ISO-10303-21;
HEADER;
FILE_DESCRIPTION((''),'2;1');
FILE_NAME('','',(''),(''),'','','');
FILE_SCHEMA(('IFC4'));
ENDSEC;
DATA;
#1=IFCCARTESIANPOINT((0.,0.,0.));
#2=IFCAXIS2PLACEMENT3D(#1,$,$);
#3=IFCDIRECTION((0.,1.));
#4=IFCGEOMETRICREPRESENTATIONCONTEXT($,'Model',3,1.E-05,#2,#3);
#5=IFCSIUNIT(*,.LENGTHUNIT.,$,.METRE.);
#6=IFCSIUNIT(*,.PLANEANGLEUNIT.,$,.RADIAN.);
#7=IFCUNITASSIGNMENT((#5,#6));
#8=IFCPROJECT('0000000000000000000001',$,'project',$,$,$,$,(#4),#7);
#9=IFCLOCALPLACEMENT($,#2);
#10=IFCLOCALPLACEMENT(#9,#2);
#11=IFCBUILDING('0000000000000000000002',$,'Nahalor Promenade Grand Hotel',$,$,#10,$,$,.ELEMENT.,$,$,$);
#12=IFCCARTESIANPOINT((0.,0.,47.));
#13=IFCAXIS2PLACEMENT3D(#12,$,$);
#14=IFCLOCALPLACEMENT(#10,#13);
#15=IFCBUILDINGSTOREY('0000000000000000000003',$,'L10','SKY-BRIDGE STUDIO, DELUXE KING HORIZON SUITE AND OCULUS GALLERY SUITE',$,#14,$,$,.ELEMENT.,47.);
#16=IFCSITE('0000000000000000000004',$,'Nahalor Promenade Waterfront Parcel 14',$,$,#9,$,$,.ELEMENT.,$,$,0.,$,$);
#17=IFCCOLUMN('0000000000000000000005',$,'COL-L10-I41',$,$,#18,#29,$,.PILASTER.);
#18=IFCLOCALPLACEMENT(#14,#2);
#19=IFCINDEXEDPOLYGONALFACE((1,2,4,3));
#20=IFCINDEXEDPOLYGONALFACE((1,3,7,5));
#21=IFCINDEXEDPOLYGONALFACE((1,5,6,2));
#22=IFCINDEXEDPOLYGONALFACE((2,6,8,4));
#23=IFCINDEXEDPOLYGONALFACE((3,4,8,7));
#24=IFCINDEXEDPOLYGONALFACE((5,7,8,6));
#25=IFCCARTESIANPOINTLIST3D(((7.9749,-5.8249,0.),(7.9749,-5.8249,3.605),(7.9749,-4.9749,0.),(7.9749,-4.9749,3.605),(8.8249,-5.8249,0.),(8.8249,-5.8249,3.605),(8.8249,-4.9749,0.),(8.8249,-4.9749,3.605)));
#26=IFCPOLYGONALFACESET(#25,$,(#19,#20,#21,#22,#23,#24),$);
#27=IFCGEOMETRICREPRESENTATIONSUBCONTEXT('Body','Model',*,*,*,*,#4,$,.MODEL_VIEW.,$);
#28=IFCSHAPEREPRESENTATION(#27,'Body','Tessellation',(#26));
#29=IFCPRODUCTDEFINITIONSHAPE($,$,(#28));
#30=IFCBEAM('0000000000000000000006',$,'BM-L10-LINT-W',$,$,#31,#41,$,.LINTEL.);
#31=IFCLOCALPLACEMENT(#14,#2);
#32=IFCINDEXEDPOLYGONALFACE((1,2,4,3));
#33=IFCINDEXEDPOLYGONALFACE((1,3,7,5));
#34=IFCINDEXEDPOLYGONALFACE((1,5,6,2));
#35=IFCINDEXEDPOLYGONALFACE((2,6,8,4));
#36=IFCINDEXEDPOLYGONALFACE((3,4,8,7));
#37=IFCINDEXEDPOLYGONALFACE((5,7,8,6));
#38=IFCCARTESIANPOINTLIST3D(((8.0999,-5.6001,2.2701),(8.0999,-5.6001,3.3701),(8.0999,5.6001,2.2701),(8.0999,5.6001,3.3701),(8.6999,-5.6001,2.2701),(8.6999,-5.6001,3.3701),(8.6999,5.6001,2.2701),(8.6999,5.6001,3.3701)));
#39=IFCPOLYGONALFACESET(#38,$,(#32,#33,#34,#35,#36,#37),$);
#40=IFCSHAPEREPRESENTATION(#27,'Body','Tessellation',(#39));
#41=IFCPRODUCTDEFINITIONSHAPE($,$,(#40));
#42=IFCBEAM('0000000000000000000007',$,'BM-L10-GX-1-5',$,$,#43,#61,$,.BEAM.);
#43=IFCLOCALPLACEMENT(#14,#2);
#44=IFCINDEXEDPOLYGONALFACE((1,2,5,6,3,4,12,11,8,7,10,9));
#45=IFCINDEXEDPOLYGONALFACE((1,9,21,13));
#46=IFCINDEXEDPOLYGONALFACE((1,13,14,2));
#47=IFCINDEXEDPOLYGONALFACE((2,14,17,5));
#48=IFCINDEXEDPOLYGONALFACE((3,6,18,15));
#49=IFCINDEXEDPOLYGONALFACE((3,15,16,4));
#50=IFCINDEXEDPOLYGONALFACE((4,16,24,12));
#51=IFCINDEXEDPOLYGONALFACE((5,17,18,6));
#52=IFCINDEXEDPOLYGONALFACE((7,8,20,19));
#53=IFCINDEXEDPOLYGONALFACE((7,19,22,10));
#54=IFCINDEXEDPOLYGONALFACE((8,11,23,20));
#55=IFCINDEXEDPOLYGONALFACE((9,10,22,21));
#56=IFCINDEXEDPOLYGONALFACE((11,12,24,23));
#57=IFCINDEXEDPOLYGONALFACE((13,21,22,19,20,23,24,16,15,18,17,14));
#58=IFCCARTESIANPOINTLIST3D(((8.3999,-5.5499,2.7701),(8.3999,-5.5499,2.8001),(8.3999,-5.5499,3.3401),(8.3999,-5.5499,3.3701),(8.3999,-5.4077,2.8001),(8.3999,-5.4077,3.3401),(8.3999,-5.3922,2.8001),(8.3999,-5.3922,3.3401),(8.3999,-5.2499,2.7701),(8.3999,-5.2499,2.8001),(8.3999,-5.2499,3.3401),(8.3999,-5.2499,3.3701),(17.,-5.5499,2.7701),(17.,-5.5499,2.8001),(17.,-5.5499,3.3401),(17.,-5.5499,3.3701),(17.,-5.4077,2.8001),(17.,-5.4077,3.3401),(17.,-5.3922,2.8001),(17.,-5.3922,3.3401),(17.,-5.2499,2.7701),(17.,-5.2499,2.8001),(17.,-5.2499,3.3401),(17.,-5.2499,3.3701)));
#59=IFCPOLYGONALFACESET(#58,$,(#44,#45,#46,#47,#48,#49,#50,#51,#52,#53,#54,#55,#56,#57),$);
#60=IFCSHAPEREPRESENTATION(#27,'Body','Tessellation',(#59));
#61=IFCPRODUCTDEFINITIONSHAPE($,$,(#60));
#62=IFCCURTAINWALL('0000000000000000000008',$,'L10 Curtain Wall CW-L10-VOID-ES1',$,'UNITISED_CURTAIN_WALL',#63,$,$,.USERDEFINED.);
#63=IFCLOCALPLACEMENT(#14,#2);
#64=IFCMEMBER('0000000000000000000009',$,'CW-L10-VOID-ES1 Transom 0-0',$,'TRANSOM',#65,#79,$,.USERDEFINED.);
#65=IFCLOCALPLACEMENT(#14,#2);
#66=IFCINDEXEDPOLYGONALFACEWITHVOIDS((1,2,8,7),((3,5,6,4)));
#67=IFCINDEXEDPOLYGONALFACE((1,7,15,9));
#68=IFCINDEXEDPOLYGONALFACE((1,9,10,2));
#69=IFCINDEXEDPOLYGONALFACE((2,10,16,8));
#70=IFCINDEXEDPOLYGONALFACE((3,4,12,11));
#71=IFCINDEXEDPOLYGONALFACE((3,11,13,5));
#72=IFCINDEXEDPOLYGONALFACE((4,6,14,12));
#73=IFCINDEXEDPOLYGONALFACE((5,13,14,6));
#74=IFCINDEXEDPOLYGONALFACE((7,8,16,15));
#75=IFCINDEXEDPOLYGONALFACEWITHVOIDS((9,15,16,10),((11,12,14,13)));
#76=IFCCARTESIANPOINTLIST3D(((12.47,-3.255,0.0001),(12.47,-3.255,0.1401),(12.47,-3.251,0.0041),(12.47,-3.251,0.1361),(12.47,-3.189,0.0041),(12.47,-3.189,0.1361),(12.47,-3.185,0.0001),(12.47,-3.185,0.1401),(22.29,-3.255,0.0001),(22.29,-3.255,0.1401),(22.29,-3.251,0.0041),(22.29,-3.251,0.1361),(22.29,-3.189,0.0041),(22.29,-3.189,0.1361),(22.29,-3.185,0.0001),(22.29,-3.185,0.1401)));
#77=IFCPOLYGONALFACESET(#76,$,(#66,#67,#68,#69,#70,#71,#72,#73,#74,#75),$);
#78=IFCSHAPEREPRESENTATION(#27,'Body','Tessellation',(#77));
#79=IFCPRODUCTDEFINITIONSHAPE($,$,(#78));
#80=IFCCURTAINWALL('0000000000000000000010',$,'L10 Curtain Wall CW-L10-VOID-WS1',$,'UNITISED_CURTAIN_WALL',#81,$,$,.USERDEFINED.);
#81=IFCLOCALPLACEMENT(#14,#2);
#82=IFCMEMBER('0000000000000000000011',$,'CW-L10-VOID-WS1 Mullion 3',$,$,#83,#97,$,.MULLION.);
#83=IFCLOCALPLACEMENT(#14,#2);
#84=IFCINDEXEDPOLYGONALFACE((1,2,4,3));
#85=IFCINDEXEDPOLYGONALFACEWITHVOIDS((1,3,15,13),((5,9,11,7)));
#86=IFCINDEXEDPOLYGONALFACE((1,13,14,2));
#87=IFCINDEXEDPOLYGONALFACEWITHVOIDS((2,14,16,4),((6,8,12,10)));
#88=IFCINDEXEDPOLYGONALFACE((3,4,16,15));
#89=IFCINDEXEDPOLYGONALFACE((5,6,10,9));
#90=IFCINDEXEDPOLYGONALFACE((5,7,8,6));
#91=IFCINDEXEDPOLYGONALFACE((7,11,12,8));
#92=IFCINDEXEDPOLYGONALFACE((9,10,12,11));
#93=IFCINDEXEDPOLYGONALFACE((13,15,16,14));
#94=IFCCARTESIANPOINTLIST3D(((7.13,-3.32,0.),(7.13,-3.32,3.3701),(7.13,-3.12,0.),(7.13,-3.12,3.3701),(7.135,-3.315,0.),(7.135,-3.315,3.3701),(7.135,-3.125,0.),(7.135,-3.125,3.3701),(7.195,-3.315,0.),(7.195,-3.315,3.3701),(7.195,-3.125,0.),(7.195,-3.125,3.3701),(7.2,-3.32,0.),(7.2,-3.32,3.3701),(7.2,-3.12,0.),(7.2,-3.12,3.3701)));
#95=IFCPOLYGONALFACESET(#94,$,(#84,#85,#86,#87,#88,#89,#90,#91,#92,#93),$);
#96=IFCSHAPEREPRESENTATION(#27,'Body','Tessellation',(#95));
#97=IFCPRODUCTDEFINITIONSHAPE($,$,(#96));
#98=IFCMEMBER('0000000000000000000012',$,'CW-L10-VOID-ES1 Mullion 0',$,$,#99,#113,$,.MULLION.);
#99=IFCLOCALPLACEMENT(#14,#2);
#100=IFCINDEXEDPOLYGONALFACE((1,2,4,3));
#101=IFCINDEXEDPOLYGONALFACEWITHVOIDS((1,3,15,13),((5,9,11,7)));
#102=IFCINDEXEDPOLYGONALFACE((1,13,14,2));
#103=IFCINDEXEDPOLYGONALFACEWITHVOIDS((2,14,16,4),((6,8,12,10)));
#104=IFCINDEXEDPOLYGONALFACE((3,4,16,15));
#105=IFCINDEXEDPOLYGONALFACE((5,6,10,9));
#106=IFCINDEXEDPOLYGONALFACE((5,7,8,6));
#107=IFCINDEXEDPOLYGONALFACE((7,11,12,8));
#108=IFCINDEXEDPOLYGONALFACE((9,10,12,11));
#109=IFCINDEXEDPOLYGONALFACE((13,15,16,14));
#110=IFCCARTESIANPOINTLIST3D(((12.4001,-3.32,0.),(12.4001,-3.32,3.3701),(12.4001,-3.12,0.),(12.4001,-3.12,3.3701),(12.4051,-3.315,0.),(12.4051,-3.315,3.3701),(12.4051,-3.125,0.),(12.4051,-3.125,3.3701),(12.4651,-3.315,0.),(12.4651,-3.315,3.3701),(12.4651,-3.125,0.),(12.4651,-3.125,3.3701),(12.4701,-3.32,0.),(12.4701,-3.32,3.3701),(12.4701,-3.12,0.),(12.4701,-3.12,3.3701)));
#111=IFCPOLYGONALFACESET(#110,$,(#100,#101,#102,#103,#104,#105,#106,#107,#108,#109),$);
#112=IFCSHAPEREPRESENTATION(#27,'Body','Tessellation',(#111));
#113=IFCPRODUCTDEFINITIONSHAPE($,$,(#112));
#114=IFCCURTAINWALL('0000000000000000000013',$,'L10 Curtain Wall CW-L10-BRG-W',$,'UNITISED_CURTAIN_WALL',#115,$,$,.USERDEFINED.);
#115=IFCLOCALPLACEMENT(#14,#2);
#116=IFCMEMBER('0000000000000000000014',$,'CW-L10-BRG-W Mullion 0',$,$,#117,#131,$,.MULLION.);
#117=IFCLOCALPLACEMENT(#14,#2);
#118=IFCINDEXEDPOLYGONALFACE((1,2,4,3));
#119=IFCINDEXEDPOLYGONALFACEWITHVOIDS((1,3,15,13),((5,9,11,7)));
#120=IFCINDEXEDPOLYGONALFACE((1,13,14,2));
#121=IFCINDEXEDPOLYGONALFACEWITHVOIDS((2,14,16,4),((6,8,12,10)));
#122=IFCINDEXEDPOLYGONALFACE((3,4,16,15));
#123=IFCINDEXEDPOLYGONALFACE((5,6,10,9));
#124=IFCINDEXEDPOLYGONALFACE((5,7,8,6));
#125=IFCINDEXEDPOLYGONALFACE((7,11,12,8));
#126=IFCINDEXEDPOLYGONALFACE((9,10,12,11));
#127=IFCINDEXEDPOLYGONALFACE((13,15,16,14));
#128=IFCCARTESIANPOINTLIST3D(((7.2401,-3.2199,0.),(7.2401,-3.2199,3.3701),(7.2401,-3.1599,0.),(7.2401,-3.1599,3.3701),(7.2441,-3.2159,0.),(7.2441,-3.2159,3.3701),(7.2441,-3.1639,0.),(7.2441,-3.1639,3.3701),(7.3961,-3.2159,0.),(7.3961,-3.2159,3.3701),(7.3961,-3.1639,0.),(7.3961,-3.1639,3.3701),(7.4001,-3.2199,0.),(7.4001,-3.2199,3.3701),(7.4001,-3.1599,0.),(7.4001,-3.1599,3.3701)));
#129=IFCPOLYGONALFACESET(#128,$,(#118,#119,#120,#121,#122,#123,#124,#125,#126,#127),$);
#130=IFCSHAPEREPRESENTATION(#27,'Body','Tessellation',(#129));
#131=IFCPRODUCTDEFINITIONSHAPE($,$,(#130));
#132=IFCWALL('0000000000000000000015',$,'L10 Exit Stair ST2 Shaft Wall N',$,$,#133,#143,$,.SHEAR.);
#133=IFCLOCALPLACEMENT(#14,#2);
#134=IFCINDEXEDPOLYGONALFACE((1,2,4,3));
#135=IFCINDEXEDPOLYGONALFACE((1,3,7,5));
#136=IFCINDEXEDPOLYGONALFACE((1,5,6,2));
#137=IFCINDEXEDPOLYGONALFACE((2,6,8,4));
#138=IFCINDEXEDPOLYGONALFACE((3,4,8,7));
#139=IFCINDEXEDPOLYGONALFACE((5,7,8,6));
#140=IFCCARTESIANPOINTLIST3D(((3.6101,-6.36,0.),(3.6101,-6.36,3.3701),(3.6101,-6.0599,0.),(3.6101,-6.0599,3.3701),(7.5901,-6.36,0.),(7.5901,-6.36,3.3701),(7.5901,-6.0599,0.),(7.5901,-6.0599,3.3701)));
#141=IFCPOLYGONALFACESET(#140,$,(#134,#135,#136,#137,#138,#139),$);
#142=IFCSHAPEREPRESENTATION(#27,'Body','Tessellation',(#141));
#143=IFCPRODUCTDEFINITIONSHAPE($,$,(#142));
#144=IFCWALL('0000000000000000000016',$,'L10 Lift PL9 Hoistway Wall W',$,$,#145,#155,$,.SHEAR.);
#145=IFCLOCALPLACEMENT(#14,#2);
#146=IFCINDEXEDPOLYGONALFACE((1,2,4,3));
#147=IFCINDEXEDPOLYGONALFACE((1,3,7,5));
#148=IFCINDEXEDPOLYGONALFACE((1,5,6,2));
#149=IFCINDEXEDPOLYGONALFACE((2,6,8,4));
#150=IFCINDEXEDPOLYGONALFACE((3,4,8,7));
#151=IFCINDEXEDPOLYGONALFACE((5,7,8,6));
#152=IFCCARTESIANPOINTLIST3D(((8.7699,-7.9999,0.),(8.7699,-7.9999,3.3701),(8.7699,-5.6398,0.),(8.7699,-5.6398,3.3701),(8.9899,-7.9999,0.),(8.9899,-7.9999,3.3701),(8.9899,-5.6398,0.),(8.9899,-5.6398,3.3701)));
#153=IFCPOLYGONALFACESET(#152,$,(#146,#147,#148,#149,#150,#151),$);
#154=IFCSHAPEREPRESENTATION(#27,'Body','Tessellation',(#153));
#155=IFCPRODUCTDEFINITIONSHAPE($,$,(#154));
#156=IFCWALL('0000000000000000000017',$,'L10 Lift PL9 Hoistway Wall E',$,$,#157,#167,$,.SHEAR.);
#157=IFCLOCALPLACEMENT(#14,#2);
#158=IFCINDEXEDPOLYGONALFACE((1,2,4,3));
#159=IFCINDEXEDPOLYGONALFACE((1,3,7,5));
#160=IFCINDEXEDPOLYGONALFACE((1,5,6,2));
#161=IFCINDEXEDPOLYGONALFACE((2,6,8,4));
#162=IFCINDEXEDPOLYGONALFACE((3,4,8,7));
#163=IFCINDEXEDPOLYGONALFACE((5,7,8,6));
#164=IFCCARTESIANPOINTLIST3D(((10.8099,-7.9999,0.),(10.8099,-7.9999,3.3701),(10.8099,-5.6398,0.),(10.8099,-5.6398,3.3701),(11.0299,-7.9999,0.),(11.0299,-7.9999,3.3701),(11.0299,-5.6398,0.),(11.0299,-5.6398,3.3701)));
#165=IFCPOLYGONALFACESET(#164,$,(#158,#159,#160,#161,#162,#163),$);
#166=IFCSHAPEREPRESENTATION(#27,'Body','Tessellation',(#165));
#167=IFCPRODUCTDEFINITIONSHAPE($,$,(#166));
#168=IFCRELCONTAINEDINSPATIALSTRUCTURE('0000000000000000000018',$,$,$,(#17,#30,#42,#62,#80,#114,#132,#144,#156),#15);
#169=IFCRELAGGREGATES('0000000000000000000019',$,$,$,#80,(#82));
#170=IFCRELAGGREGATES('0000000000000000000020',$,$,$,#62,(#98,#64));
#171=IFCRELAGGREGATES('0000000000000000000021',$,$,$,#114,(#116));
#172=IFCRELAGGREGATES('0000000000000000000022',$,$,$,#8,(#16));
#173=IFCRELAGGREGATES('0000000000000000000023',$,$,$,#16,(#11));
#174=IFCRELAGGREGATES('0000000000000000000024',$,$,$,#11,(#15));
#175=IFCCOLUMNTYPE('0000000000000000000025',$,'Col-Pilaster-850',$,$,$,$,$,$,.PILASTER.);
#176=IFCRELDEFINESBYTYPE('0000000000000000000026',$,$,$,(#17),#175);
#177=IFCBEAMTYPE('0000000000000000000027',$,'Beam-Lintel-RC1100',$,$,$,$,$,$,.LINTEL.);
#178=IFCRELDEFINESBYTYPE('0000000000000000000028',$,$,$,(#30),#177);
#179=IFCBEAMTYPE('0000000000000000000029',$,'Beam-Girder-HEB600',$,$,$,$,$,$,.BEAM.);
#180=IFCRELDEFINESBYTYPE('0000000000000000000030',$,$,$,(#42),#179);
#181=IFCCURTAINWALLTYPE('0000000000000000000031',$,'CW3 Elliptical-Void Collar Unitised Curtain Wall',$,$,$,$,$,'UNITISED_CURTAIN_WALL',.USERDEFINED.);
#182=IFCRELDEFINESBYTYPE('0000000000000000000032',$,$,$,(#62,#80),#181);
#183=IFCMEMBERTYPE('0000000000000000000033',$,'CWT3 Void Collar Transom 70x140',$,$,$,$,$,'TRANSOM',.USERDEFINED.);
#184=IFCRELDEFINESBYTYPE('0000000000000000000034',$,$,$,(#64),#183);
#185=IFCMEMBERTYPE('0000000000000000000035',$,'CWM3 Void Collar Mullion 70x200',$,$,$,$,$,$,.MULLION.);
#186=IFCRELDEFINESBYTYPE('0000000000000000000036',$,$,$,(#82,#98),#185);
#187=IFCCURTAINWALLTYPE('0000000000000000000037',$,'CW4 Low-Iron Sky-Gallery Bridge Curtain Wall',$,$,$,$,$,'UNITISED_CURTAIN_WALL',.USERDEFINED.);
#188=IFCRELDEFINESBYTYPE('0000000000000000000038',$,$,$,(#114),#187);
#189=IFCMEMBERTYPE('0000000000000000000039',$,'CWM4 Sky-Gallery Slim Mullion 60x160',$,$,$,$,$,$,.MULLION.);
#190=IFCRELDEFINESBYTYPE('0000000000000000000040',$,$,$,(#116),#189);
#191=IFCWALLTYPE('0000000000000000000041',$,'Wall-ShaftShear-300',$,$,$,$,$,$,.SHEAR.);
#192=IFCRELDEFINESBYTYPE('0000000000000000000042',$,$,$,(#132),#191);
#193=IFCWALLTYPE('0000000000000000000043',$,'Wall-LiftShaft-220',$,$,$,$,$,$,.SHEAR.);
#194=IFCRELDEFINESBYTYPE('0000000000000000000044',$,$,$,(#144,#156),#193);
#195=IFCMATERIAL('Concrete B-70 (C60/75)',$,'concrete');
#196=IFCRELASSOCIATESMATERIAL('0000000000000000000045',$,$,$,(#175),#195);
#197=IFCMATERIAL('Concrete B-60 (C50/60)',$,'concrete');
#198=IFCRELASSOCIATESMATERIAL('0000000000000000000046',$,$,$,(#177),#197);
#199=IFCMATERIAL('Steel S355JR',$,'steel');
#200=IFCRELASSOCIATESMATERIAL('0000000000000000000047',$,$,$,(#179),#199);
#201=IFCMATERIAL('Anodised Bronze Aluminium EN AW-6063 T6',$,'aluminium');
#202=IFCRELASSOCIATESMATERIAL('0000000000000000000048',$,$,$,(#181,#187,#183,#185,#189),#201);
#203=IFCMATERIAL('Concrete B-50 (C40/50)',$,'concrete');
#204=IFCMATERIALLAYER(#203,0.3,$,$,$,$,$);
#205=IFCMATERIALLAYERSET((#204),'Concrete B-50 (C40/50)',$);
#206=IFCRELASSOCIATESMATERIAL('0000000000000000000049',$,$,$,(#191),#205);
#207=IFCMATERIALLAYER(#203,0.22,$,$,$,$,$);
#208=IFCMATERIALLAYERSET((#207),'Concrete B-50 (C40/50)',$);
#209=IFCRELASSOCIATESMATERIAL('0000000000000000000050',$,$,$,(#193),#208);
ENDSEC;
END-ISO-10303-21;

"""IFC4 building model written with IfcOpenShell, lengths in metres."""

from ifc_helpers import new_model, si_unit, direction, frame, frame_2d, origin, origin_2d, place, context, subcontext, project, spatial, rectangle, hollow_rectangle, i_section, extrude, source, transform, mapped, material, layer, layer_set, material_profile, profile_set, type_object, element, aggregate, save


model = new_model("IFC4")

# Units and contexts
model_context = context("Model", 3, precision=1e-05, world=origin(), true_north=direction((0.0, 1.0)))
body_context = subcontext(model_context, "Body", "Model", "MODEL_VIEW")
ifc_project = project(units=[si_unit("LENGTHUNIT", "METRE"), si_unit("PLANEANGLEUNIT", "RADIAN")], contexts=[model_context])

# Site, building, storey
site_placement = place(None, origin())
site = spatial("IfcSite", under=ifc_project, at=site_placement, Name="Nahalor Promenade Waterfront Parcel 14", CompositionType="ELEMENT", RefElevation=0.0)
building_placement = place(site_placement, origin())
building = spatial("IfcBuilding", under=site, at=building_placement, Name="Nahalor Promenade Grand Hotel", CompositionType="ELEMENT")
storey_placement = place(building_placement, frame((0.0, 0.0, 47.0)))
storey = spatial("IfcBuildingStorey", under=building, at=storey_placement, Name="L10", Description="SKY-BRIDGE STUDIO, DELUXE KING HORIZON SUITE AND OCULUS GALLERY SUITE", CompositionType="ELEMENT", Elevation=47.0)

# Column
ifc_material_1 = material(Name="Concrete B-70 (C60/75)", Category="concrete")
ifc_material_profile_1 = material_profile(ifc_material_1, rectangle(XDim=0.85, YDim=0.85, at=origin_2d()), Name="RC 850x850")
ifc_profile_set_1 = profile_set([ifc_material_profile_1], Name="Concrete B-70 (C60/75)")
column_type = type_object("IfcColumnType", Name="Col-Pilaster-850", PredefinedType="PILASTER", material=ifc_profile_set_1)
shared_shape_1 = source(origin(), body_context, "Body", "SweptSolid", [
    extrude(rectangle(XDim=0.85, YDim=0.85, at=origin_2d()), origin(), (0.0, 0.0, 1.0), 3.605),
])
column_placement = place(storey_placement, frame((8.3999, -5.3999, 0.0), z_axis=(0.0, 0.0, 1.0), x_axis=(1.0, 0.0, 0.0)))
element("IfcColumn", 1, at=column_placement, inside=storey, type_object=column_type, Name="COL-L10-I41", PredefinedType="PILASTER", context=body_context, shape_type="MappedRepresentation", body=[
    mapped(shared_shape_1, transform((0.0, 0.0, 0.0), scale=1.0)),
])

# Beams
ifc_material_2 = material(Name="Concrete B-60 (C50/60)", Category="concrete")
ifc_material_profile_2 = material_profile(ifc_material_2, rectangle(XDim=0.6, YDim=1.1, at=origin_2d()), Name="RC 600x1100")
ifc_profile_set_2 = profile_set([ifc_material_profile_2], Name="Concrete B-60 (C50/60)")
beam_type_1 = type_object("IfcBeamType", Name="Beam-Lintel-RC1100", PredefinedType="LINTEL", material=ifc_profile_set_2)
shared_shape_2 = source(origin(), body_context, "Body", "SweptSolid", [
    extrude(rectangle(XDim=0.6, YDim=1.1, at=origin_2d()), origin(), (0.0, 0.0, 1.0), 11.2002),
])
beam_1_placement = place(storey_placement, frame((8.3999, -5.6001, 2.8201), z_axis=(0.0, 1.0, 0.0), x_axis=(-1.0, 0.0, 0.0)))
element("IfcBeam", 2, at=beam_1_placement, inside=storey, type_object=beam_type_1, Name="BM-L10-LINT-W", PredefinedType="LINTEL", context=body_context, shape_type="MappedRepresentation", body=[
    mapped(shared_shape_2, transform((0.0, 0.0, 0.0), scale=1.0)),
])
ifc_material_3 = material(Name="Steel S355JR", Category="steel")
ifc_material_profile_3 = material_profile(ifc_material_3, i_section(OverallWidth=0.3, OverallDepth=0.6, WebThickness=0.0155, FlangeThickness=0.03, at=origin_2d()), Name="HEB 600")
ifc_profile_set_3 = profile_set([ifc_material_profile_3], Name="Steel S355JR")
beam_type_2 = type_object("IfcBeamType", Name="Beam-Girder-HEB600", PredefinedType="BEAM", material=ifc_profile_set_3)
shared_shape_3 = source(origin(), body_context, "Body", "SweptSolid", [
    extrude(i_section(OverallWidth=0.3, OverallDepth=0.6, WebThickness=0.0155, FlangeThickness=0.03, at=origin_2d()), origin(), (0.0, 0.0, 1.0), 8.6001),
])
beam_2_placement = place(storey_placement, frame((8.3999, -5.3999, 3.0701), z_axis=(1.0, 0.0, 0.0), x_axis=(0.0, 1.0, 0.0)))
element("IfcBeam", 3, at=beam_2_placement, inside=storey, type_object=beam_type_2, Name="BM-L10-GX-1-5", PredefinedType="BEAM", context=body_context, shape_type="MappedRepresentation", body=[
    mapped(shared_shape_3, transform((0.0, 0.0, 0.0), scale=1.0)),
])

# Curtain walls, members
ifc_material_4 = material(Name="Anodised Bronze Aluminium EN AW-6063 T6", Category="aluminium")
curtain_wall_type_1 = type_object("IfcCurtainWallType", Name="CW3 Elliptical-Void Collar Unitised Curtain Wall", ElementType="UNITISED_CURTAIN_WALL", PredefinedType="USERDEFINED", material=ifc_material_4)
curtain_wall_1_placement = place(storey_placement, origin())
curtain_wall_1 = element("IfcCurtainWall", 4, at=curtain_wall_1_placement, inside=storey, type_object=curtain_wall_type_1, Name="L10 Curtain Wall CW-L10-VOID-ES1", ObjectType="UNITISED_CURTAIN_WALL", PredefinedType="USERDEFINED")
ifc_material_profile_4 = material_profile(ifc_material_4, hollow_rectangle(XDim=0.07, YDim=0.14, WallThickness=0.004, at=origin_2d()), Name="CWT 70x140x4")
ifc_profile_set_4 = profile_set([ifc_material_profile_4], Name="Anodised Bronze Aluminium EN AW-6063 T6")
member_type_1 = type_object("IfcMemberType", Name="CWT3 Void Collar Transom 70x140", ElementType="TRANSOM", PredefinedType="USERDEFINED", material=ifc_profile_set_4)
shared_shape_4 = source(origin(), body_context, "Body", "SweptSolid", [
    extrude(hollow_rectangle(XDim=0.07, YDim=0.14, WallThickness=0.004, at=origin_2d()), origin(), (0.0, 0.0, 1.0), 9.8201),
])
member_1_placement = place(storey_placement, frame((12.47, -3.22, 0.0701), z_axis=(1.0, 0.0, 0.0), x_axis=(0.0, 1.0, 0.0)))
member_1 = element("IfcMember", 5, at=member_1_placement, type_object=member_type_1, Name="CW-L10-VOID-ES1 Transom 0-0", ObjectType="TRANSOM", PredefinedType="USERDEFINED", context=body_context, shape_type="MappedRepresentation", body=[
    mapped(shared_shape_4, transform((0.0, 0.0, 0.0), scale=1.0)),
])
curtain_wall_2_placement = place(storey_placement, origin())
curtain_wall_2 = element("IfcCurtainWall", 6, at=curtain_wall_2_placement, inside=storey, type_object=curtain_wall_type_1, Name="L10 Curtain Wall CW-L10-VOID-WS1", ObjectType="UNITISED_CURTAIN_WALL", PredefinedType="USERDEFINED")
ifc_material_profile_5 = material_profile(ifc_material_4, hollow_rectangle(XDim=0.07, YDim=0.2, WallThickness=0.005, at=origin_2d()), Name="CWM 70x200x5")
ifc_profile_set_5 = profile_set([ifc_material_profile_5], Name="Anodised Bronze Aluminium EN AW-6063 T6")
member_type_2 = type_object("IfcMemberType", Name="CWM3 Void Collar Mullion 70x200", PredefinedType="MULLION", material=ifc_profile_set_5)
shared_shape_5 = source(origin(), body_context, "Body", "SweptSolid", [
    extrude(hollow_rectangle(XDim=0.07, YDim=0.2, WallThickness=0.005, at=origin_2d()), origin(), (0.0, 0.0, 1.0), 3.3701),
])
member_2_placement = place(storey_placement, frame((7.165, -3.22, 0.0), z_axis=(0.0, 0.0, 1.0), x_axis=(1.0, 0.0, 0.0)))
member_2 = element("IfcMember", 7, at=member_2_placement, type_object=member_type_2, Name="CW-L10-VOID-WS1 Mullion 3", PredefinedType="MULLION", context=body_context, shape_type="MappedRepresentation", body=[
    mapped(shared_shape_5, transform((0.0, 0.0, 0.0), scale=1.0)),
])
aggregate(curtain_wall_2, [member_2])

# Member
member_3_placement = place(storey_placement, frame((12.4351, -3.22, 0.0), z_axis=(0.0, 0.0, 1.0), x_axis=(1.0, 0.0, 0.0)))
member_3 = element("IfcMember", 8, at=member_3_placement, type_object=member_type_2, Name="CW-L10-VOID-ES1 Mullion 0", PredefinedType="MULLION", context=body_context, shape_type="MappedRepresentation", body=[
    mapped(shared_shape_5, transform((0.0, 0.0, 0.0), scale=1.0)),
])
aggregate(curtain_wall_1, [member_3, member_1])

# Curtain wall, member
curtain_wall_type_2 = type_object("IfcCurtainWallType", Name="CW4 Low-Iron Sky-Gallery Bridge Curtain Wall", ElementType="UNITISED_CURTAIN_WALL", PredefinedType="USERDEFINED", material=ifc_material_4)
curtain_wall_3_placement = place(storey_placement, origin())
curtain_wall_3 = element("IfcCurtainWall", 9, at=curtain_wall_3_placement, inside=storey, type_object=curtain_wall_type_2, Name="L10 Curtain Wall CW-L10-BRG-W", ObjectType="UNITISED_CURTAIN_WALL", PredefinedType="USERDEFINED")
ifc_material_profile_6 = material_profile(ifc_material_4, hollow_rectangle(XDim=0.06, YDim=0.16, WallThickness=0.004, at=origin_2d()), Name="CWM 60x160x4")
ifc_profile_set_6 = profile_set([ifc_material_profile_6], Name="Anodised Bronze Aluminium EN AW-6063 T6")
member_type_3 = type_object("IfcMemberType", Name="CWM4 Sky-Gallery Slim Mullion 60x160", PredefinedType="MULLION", material=ifc_profile_set_6)
shared_shape_6 = source(origin(), body_context, "Body", "SweptSolid", [
    extrude(hollow_rectangle(XDim=0.06, YDim=0.16, WallThickness=0.004, at=origin_2d()), origin(), (0.0, 0.0, 1.0), 3.3701),
])
member_4_placement = place(storey_placement, frame((7.3201, -3.1899, 0.0), z_axis=(0.0, 0.0, 1.0), x_axis=(0.0, 1.0, 0.0)))
member_4 = element("IfcMember", 10, at=member_4_placement, type_object=member_type_3, Name="CW-L10-BRG-W Mullion 0", PredefinedType="MULLION", context=body_context, shape_type="MappedRepresentation", body=[
    mapped(shared_shape_6, transform((0.0, 0.0, 0.0), scale=1.0)),
])
aggregate(curtain_wall_3, [member_4])

# Walls
ifc_material_5 = material(Name="Concrete B-50 (C40/50)", Category="concrete")
ifc_layer_1 = layer(ifc_material_5, 0.3)
ifc_layer_set_1 = layer_set([ifc_layer_1], Name="Concrete B-50 (C40/50)")
wall_type_1 = type_object("IfcWallType", Name="Wall-ShaftShear-300", PredefinedType="SHEAR", material=ifc_layer_set_1)
shared_shape_7 = source(origin(), body_context, "Body", "SweptSolid", [
    extrude(rectangle(XDim=3.98, YDim=0.3, at=frame_2d((1.99, 0.0))), origin(), (0.0, 0.0, 1.0), 3.3701),
])
wall_1_placement = place(storey_placement, frame((3.6101, -6.21, 0.0), z_axis=(0.0, 0.0, 1.0), x_axis=(1.0, 0.0, 0.0)))
element("IfcWall", 11, at=wall_1_placement, inside=storey, type_object=wall_type_1, Name="L10 Exit Stair ST2 Shaft Wall N", PredefinedType="SHEAR", context=body_context, shape_type="MappedRepresentation", body=[
    mapped(shared_shape_7, transform((0.0, 0.0, 0.0), scale=1.0)),
])
ifc_layer_2 = layer(ifc_material_5, 0.22)
ifc_layer_set_2 = layer_set([ifc_layer_2], Name="Concrete B-50 (C40/50)")
wall_type_2 = type_object("IfcWallType", Name="Wall-LiftShaft-220", PredefinedType="SHEAR", material=ifc_layer_set_2)
shared_shape_8 = source(origin(), body_context, "Body", "SweptSolid", [
    extrude(rectangle(XDim=2.3601, YDim=0.22, at=frame_2d((1.1802, 0.0))), origin(), (0.0, 0.0, 1.0), 3.3701),
])
for number, where, z_axis, x_axis, name in (
    (12, (8.8799, -8.0, 0.0), (0.0, 0.0, 1.0), (0.0, 1.0, 0.0), "L10 Lift PL9 Hoistway Wall W"),
    (13, (10.9199, -8.0, 0.0), (0.0, 0.0, 1.0), (0.0, 1.0, 0.0), "L10 Lift PL9 Hoistway Wall E"),
):
    element("IfcWall", number, at=place(storey_placement, frame(where, z_axis=z_axis, x_axis=x_axis)), inside=storey, type_object=wall_type_2, Name=name, PredefinedType="SHEAR", context=body_context, shape_type="MappedRepresentation", body=[
        mapped(shared_shape_8, transform((0.0, 0.0, 0.0), scale=1.0)),
    ])

save(model, "model.ifc")
